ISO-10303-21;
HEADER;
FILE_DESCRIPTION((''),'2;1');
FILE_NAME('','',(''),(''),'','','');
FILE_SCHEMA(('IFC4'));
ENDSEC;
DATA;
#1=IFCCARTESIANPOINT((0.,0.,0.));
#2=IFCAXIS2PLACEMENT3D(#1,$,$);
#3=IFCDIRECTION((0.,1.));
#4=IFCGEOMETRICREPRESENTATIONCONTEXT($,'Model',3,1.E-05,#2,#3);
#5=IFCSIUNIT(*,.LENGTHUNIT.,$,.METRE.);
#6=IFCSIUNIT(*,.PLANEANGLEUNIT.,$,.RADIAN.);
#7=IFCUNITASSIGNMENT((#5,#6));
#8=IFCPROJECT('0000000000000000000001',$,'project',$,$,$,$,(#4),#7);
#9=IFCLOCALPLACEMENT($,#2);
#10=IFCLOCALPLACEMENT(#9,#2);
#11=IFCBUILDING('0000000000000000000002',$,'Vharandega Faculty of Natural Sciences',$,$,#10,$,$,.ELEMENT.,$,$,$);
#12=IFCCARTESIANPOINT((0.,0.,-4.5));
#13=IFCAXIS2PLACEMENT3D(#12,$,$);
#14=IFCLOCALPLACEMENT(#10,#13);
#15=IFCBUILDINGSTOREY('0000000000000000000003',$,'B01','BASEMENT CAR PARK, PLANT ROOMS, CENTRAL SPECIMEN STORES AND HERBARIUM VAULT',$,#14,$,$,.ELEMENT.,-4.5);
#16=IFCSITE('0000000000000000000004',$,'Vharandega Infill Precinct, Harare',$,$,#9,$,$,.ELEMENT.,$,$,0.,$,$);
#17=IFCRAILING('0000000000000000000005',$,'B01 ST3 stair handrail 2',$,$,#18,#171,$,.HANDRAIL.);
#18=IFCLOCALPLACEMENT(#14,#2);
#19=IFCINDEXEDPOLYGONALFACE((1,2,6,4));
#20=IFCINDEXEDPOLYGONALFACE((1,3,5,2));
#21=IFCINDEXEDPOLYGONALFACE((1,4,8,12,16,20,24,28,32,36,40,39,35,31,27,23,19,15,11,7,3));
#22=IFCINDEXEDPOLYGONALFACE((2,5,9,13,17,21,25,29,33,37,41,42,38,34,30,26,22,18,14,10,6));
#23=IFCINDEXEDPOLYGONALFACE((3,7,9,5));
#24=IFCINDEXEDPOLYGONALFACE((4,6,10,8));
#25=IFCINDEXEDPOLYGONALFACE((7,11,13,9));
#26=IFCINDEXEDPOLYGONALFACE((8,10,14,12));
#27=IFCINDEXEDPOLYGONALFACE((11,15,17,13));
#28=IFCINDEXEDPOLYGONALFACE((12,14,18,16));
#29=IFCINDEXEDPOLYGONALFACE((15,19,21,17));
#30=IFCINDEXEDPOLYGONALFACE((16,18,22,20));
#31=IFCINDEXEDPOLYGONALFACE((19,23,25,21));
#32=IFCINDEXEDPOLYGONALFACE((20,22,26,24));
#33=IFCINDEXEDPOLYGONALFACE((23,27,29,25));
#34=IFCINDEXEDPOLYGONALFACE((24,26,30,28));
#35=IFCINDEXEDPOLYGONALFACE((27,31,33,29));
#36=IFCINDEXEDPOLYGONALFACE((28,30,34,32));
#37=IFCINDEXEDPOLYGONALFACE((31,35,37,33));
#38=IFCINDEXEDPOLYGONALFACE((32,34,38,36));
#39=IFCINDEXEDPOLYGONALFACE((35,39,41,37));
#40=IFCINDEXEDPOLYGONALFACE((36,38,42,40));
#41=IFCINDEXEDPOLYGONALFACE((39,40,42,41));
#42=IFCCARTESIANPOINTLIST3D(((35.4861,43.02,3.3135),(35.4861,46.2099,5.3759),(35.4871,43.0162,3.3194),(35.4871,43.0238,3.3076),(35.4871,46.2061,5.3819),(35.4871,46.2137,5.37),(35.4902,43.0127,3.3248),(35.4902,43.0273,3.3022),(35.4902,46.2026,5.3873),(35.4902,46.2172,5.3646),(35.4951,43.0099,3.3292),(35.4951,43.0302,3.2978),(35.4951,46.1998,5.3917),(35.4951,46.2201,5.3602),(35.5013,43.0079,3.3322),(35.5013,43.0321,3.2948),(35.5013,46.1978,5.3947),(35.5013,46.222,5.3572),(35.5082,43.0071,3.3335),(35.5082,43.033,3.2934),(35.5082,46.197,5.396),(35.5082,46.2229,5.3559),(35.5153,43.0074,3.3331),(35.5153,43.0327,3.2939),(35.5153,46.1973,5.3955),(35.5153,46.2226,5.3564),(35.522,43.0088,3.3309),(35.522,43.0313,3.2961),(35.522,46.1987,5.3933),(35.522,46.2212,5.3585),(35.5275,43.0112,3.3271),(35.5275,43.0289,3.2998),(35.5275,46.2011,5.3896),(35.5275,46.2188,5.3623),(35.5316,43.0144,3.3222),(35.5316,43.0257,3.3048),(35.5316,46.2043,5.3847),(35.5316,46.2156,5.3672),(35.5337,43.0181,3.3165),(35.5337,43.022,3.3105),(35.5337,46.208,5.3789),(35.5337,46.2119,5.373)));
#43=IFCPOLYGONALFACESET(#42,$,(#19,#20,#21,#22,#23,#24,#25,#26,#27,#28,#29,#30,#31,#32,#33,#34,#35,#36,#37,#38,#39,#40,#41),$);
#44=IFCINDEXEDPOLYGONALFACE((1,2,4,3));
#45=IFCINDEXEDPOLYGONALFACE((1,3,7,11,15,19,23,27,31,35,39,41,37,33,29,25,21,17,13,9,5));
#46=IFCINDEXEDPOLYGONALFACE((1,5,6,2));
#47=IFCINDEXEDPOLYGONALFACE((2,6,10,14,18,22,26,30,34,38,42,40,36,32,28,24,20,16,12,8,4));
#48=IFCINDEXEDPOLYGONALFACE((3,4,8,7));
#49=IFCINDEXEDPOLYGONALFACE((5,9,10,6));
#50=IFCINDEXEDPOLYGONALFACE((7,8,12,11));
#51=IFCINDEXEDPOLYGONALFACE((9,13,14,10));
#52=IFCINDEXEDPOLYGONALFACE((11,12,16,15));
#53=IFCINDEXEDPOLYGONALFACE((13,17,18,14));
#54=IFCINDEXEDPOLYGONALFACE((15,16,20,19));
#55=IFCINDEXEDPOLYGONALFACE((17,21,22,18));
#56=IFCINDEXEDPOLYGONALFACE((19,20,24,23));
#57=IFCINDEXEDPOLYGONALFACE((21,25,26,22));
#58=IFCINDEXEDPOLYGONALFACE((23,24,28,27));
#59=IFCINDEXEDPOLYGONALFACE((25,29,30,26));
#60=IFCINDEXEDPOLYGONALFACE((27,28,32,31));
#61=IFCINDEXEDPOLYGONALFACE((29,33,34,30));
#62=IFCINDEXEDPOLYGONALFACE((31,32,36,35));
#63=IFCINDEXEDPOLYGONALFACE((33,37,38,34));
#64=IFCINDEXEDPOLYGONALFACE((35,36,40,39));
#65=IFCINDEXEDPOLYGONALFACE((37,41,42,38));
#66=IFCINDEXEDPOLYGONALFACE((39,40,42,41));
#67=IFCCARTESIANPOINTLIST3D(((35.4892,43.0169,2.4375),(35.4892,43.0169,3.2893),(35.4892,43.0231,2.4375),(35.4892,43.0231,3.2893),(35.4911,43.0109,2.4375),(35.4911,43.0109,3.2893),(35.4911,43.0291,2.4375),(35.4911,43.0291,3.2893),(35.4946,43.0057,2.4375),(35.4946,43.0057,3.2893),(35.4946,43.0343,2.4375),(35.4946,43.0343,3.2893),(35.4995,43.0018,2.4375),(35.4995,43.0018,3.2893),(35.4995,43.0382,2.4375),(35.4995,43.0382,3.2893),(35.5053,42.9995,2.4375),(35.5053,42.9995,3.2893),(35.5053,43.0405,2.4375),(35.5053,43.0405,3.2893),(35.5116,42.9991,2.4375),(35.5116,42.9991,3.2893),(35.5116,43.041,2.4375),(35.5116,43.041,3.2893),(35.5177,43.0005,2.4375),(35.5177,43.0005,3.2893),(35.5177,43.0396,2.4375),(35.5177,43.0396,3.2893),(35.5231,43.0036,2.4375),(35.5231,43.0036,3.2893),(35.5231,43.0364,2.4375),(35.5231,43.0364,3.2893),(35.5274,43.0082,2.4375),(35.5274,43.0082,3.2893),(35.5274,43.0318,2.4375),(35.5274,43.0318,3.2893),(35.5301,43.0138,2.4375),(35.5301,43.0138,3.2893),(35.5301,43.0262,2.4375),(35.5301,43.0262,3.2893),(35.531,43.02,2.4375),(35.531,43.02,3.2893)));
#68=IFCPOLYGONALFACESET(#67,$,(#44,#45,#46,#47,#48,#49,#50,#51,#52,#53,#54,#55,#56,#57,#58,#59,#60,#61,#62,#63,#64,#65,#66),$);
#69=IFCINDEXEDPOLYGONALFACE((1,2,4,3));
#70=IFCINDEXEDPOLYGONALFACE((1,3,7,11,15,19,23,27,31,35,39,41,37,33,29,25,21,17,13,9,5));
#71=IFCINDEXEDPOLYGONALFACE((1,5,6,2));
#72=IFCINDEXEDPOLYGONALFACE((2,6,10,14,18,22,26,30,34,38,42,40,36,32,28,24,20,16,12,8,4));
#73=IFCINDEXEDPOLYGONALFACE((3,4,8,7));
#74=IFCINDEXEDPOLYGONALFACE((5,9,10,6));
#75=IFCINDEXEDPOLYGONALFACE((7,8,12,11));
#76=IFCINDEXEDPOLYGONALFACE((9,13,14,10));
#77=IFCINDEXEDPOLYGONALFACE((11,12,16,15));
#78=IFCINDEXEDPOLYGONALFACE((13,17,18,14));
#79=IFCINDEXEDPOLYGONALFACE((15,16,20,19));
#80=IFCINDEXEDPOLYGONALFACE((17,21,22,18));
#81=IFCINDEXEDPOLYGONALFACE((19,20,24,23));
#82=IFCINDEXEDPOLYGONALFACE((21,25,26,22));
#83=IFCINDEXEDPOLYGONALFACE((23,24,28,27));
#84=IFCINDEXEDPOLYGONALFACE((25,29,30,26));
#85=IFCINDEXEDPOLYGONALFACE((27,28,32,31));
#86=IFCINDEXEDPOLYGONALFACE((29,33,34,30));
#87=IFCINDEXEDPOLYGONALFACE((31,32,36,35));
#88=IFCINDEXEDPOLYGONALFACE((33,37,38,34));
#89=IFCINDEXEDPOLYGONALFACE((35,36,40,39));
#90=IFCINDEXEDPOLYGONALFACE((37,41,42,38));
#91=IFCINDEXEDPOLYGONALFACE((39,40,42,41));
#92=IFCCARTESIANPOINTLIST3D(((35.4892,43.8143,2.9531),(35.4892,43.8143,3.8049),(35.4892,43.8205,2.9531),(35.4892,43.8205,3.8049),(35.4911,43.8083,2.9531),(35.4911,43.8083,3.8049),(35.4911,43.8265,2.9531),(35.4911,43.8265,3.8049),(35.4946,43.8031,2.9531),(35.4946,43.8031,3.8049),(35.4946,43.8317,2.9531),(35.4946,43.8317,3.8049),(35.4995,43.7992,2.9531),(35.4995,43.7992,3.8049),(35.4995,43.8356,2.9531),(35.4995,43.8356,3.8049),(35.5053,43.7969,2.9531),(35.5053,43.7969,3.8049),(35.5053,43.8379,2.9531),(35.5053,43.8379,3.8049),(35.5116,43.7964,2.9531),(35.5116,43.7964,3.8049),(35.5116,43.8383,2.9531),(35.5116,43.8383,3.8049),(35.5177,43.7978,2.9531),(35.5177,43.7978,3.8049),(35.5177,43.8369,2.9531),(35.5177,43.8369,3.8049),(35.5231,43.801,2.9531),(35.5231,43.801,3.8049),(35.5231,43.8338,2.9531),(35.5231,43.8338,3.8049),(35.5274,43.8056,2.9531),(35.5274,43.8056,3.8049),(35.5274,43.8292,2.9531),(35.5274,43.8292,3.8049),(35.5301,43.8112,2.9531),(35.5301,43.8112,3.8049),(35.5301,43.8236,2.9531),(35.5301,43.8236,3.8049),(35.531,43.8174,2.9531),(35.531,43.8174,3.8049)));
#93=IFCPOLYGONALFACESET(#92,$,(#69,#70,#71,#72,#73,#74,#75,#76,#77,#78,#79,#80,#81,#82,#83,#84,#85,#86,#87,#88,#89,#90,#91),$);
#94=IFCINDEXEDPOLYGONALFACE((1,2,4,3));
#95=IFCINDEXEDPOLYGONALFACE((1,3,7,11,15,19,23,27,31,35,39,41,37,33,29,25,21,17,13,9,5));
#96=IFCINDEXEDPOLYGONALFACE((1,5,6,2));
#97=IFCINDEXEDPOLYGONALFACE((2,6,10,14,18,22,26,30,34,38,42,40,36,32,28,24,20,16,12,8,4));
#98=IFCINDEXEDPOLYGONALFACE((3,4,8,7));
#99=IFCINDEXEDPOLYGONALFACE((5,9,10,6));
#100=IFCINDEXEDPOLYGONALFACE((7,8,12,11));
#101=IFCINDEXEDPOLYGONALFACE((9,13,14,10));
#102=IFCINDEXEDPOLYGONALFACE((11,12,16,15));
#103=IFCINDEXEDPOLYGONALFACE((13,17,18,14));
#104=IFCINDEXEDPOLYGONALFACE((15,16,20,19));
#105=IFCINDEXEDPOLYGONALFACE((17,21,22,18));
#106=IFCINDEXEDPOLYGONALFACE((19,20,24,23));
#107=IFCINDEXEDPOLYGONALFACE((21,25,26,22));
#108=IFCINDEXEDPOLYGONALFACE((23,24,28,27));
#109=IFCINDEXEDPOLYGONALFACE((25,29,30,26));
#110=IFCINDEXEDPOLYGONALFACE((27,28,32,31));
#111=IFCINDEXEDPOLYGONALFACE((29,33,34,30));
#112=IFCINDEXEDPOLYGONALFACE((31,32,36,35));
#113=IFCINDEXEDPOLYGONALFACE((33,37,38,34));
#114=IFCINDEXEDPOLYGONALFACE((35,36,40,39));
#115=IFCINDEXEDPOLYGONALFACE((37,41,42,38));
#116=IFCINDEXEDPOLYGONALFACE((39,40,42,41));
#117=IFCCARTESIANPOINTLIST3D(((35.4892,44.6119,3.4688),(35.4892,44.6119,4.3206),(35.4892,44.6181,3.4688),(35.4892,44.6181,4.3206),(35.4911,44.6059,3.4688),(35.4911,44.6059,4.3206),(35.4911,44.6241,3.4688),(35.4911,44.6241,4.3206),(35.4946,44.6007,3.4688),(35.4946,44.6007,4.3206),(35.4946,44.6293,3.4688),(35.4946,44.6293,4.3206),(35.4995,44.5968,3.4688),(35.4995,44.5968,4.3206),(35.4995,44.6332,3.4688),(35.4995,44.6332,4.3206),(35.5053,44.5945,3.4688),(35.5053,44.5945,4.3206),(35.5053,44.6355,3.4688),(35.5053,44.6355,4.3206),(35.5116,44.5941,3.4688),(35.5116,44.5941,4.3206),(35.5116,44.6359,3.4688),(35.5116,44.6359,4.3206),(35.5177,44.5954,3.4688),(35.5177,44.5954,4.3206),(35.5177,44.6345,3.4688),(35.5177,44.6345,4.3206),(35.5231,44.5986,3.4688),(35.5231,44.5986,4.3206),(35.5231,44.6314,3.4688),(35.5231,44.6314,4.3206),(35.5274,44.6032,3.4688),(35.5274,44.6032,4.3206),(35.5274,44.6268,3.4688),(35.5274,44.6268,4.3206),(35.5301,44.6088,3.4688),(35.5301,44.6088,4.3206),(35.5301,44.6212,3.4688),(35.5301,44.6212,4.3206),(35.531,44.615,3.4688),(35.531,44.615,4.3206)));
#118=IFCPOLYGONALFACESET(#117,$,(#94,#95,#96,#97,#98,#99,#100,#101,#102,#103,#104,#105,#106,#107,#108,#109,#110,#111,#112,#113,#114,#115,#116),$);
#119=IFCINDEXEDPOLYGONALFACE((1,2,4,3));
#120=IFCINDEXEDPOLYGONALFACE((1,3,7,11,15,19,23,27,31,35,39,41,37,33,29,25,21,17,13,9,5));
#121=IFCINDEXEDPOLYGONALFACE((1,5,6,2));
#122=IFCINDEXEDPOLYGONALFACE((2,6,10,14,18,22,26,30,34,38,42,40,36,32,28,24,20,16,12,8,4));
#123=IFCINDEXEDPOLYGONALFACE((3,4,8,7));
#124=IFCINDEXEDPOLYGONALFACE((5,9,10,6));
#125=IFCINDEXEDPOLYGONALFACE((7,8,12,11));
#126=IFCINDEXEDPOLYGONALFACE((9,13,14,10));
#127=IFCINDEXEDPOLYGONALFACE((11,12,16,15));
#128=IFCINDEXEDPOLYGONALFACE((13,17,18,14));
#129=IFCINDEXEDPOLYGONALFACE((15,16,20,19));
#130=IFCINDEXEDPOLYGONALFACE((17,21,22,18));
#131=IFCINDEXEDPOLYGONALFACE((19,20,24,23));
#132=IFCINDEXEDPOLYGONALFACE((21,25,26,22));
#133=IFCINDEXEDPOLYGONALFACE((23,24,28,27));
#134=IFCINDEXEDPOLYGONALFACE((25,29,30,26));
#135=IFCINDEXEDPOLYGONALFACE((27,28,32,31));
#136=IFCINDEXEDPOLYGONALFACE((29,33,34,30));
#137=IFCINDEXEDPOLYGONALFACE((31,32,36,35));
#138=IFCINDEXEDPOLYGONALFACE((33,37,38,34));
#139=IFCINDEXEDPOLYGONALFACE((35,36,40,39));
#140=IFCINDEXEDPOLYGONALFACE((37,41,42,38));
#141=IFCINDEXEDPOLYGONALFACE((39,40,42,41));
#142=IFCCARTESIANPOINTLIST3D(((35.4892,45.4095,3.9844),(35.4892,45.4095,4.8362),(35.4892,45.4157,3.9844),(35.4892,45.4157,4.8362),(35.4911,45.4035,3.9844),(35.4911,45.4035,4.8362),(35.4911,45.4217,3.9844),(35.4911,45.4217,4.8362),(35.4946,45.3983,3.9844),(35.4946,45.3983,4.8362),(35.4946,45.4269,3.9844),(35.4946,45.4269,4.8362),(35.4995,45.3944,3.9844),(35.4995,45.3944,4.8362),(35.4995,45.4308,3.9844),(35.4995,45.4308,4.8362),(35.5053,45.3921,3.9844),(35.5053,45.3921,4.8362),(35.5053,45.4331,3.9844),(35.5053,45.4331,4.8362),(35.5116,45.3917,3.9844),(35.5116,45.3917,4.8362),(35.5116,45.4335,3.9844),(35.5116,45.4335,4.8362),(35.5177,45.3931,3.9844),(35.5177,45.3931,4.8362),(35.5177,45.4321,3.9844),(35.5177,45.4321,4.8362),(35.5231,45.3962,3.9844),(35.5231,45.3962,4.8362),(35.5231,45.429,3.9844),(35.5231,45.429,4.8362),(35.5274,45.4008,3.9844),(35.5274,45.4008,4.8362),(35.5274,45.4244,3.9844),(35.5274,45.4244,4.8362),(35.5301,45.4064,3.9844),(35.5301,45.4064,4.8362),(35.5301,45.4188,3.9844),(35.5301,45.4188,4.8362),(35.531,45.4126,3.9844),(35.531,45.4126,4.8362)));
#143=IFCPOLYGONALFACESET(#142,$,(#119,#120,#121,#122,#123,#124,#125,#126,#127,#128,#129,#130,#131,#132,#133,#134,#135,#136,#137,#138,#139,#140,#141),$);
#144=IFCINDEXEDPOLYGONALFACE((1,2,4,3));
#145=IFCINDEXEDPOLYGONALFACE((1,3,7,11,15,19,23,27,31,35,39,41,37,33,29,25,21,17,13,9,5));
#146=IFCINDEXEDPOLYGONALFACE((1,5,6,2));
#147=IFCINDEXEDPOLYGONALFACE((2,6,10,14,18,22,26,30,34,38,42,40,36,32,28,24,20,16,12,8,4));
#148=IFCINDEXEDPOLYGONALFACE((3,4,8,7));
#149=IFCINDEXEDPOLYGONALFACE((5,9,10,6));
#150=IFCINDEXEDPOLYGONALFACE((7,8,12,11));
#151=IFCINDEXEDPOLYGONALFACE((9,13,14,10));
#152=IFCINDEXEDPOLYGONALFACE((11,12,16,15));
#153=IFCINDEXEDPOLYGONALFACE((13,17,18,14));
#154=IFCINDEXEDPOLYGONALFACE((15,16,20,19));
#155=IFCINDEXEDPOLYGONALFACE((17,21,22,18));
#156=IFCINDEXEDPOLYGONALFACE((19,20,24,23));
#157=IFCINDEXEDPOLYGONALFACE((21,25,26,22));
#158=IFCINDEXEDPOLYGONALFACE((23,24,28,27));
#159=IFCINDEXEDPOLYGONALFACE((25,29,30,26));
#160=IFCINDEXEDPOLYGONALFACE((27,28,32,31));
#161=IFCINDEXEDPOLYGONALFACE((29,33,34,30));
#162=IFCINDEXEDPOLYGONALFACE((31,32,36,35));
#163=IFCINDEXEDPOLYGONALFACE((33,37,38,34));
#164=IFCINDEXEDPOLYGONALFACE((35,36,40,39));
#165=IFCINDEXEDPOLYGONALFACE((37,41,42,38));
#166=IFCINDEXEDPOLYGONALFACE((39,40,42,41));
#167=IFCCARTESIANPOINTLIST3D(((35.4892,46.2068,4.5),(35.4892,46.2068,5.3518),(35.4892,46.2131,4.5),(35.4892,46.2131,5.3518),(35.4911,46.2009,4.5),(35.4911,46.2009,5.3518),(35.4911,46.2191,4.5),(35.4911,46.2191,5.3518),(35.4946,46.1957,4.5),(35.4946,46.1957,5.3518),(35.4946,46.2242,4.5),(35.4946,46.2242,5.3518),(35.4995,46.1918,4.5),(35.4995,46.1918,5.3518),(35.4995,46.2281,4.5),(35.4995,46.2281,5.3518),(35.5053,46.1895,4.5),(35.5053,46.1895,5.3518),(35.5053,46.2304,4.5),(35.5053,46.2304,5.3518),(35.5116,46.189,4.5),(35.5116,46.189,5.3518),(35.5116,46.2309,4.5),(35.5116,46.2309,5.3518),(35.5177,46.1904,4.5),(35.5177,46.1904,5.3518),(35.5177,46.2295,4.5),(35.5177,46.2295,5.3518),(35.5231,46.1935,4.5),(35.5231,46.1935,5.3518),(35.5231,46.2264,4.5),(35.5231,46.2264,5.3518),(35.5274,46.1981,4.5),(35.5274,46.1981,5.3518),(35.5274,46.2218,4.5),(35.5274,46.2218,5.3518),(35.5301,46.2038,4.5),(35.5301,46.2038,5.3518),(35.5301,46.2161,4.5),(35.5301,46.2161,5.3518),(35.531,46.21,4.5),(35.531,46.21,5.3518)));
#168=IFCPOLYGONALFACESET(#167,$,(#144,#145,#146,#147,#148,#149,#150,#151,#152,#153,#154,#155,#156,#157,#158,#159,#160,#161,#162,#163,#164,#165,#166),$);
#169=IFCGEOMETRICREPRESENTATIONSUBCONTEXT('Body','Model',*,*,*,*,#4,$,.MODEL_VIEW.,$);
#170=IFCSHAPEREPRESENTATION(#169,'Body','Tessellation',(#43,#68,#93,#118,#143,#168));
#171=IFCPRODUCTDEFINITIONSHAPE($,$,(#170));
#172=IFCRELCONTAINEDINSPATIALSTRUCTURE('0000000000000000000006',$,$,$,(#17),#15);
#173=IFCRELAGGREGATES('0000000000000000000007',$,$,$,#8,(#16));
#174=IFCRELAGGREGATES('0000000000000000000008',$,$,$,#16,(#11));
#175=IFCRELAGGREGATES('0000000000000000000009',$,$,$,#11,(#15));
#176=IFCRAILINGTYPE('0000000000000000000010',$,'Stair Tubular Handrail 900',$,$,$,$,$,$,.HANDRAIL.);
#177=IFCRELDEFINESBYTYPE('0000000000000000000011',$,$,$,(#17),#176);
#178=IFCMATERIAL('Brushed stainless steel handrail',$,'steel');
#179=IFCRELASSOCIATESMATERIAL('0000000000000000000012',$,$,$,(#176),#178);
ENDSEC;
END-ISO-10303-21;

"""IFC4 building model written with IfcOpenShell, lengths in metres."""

from ifc_helpers import new_model, si_unit, direction, frame, origin, origin_2d, place, context, subcontext, project, spatial, circle, extrude, material, type_object, element, save


model = new_model("IFC4")

# Units and contexts
model_context = context("Model", 3, precision=1e-05, world=origin(), true_north=direction((0.0, 1.0)))
body_context = subcontext(model_context, "Body", "Model", "MODEL_VIEW")
ifc_project = project(units=[si_unit("LENGTHUNIT", "METRE"), si_unit("PLANEANGLEUNIT", "RADIAN")], contexts=[model_context])

# Site, building, storey
site_placement = place(None, origin())
site = spatial("IfcSite", under=ifc_project, at=site_placement, Name="Vharandega Infill Precinct, Harare", CompositionType="ELEMENT", RefElevation=0.0)
building_placement = place(site_placement, origin())
building = spatial("IfcBuilding", under=site, at=building_placement, Name="Vharandega Faculty of Natural Sciences", CompositionType="ELEMENT")
storey_placement = place(building_placement, frame((0.0, 0.0, -4.5)))
storey = spatial("IfcBuildingStorey", under=building, at=storey_placement, Name="B01", Description="BASEMENT CAR PARK, PLANT ROOMS, CENTRAL SPECIMEN STORES AND HERBARIUM VAULT", CompositionType="ELEMENT", Elevation=-4.5)

# Railing
ifc_material_1 = material(Name="Brushed stainless steel handrail", Category="steel")
railing_type_1 = type_object("IfcRailingType", Name="Stair Tubular Handrail 900", PredefinedType="HANDRAIL", material=ifc_material_1)
railing_1_placement = place(storey_placement, frame((35.51, 43.02, 2.4375)))
element("IfcRailing", 1, at=railing_1_placement, inside=storey, type_object=railing_type_1, Name="B01 ST3 stair handrail 2", PredefinedType="HANDRAIL", context=body_context, shape_type="SweptSolid", body=[
    extrude(circle(Radius=0.0239, at=origin_2d()), frame((0.0, 0.0, 0.876), z_axis=(0.0, 0.83976, 0.542958), x_axis=(-1.0, 0.0, 0.0)), (0.0, 0.0, 1.0), 3.7986),
    extrude(circle(Radius=0.021, at=origin_2d()), origin(), (0.0, 0.0, 1.0), 0.8518),
    extrude(circle(Radius=0.021, at=origin_2d()), frame((0.0, 0.7974, 0.5156)), (0.0, 0.0, 1.0), 0.8518),
    extrude(circle(Radius=0.021, at=origin_2d()), frame((0.0, 1.595, 1.0312)), (0.0, 0.0, 1.0), 0.8518),
    extrude(circle(Radius=0.021, at=origin_2d()), frame((0.0, 2.3926, 1.5469)), (0.0, 0.0, 1.0), 0.8518),
    extrude(circle(Radius=0.021, at=origin_2d()), frame((0.0, 3.1899, 2.0625)), (0.0, 0.0, 1.0), 0.8518),
])

save(model, "model.ifc")
